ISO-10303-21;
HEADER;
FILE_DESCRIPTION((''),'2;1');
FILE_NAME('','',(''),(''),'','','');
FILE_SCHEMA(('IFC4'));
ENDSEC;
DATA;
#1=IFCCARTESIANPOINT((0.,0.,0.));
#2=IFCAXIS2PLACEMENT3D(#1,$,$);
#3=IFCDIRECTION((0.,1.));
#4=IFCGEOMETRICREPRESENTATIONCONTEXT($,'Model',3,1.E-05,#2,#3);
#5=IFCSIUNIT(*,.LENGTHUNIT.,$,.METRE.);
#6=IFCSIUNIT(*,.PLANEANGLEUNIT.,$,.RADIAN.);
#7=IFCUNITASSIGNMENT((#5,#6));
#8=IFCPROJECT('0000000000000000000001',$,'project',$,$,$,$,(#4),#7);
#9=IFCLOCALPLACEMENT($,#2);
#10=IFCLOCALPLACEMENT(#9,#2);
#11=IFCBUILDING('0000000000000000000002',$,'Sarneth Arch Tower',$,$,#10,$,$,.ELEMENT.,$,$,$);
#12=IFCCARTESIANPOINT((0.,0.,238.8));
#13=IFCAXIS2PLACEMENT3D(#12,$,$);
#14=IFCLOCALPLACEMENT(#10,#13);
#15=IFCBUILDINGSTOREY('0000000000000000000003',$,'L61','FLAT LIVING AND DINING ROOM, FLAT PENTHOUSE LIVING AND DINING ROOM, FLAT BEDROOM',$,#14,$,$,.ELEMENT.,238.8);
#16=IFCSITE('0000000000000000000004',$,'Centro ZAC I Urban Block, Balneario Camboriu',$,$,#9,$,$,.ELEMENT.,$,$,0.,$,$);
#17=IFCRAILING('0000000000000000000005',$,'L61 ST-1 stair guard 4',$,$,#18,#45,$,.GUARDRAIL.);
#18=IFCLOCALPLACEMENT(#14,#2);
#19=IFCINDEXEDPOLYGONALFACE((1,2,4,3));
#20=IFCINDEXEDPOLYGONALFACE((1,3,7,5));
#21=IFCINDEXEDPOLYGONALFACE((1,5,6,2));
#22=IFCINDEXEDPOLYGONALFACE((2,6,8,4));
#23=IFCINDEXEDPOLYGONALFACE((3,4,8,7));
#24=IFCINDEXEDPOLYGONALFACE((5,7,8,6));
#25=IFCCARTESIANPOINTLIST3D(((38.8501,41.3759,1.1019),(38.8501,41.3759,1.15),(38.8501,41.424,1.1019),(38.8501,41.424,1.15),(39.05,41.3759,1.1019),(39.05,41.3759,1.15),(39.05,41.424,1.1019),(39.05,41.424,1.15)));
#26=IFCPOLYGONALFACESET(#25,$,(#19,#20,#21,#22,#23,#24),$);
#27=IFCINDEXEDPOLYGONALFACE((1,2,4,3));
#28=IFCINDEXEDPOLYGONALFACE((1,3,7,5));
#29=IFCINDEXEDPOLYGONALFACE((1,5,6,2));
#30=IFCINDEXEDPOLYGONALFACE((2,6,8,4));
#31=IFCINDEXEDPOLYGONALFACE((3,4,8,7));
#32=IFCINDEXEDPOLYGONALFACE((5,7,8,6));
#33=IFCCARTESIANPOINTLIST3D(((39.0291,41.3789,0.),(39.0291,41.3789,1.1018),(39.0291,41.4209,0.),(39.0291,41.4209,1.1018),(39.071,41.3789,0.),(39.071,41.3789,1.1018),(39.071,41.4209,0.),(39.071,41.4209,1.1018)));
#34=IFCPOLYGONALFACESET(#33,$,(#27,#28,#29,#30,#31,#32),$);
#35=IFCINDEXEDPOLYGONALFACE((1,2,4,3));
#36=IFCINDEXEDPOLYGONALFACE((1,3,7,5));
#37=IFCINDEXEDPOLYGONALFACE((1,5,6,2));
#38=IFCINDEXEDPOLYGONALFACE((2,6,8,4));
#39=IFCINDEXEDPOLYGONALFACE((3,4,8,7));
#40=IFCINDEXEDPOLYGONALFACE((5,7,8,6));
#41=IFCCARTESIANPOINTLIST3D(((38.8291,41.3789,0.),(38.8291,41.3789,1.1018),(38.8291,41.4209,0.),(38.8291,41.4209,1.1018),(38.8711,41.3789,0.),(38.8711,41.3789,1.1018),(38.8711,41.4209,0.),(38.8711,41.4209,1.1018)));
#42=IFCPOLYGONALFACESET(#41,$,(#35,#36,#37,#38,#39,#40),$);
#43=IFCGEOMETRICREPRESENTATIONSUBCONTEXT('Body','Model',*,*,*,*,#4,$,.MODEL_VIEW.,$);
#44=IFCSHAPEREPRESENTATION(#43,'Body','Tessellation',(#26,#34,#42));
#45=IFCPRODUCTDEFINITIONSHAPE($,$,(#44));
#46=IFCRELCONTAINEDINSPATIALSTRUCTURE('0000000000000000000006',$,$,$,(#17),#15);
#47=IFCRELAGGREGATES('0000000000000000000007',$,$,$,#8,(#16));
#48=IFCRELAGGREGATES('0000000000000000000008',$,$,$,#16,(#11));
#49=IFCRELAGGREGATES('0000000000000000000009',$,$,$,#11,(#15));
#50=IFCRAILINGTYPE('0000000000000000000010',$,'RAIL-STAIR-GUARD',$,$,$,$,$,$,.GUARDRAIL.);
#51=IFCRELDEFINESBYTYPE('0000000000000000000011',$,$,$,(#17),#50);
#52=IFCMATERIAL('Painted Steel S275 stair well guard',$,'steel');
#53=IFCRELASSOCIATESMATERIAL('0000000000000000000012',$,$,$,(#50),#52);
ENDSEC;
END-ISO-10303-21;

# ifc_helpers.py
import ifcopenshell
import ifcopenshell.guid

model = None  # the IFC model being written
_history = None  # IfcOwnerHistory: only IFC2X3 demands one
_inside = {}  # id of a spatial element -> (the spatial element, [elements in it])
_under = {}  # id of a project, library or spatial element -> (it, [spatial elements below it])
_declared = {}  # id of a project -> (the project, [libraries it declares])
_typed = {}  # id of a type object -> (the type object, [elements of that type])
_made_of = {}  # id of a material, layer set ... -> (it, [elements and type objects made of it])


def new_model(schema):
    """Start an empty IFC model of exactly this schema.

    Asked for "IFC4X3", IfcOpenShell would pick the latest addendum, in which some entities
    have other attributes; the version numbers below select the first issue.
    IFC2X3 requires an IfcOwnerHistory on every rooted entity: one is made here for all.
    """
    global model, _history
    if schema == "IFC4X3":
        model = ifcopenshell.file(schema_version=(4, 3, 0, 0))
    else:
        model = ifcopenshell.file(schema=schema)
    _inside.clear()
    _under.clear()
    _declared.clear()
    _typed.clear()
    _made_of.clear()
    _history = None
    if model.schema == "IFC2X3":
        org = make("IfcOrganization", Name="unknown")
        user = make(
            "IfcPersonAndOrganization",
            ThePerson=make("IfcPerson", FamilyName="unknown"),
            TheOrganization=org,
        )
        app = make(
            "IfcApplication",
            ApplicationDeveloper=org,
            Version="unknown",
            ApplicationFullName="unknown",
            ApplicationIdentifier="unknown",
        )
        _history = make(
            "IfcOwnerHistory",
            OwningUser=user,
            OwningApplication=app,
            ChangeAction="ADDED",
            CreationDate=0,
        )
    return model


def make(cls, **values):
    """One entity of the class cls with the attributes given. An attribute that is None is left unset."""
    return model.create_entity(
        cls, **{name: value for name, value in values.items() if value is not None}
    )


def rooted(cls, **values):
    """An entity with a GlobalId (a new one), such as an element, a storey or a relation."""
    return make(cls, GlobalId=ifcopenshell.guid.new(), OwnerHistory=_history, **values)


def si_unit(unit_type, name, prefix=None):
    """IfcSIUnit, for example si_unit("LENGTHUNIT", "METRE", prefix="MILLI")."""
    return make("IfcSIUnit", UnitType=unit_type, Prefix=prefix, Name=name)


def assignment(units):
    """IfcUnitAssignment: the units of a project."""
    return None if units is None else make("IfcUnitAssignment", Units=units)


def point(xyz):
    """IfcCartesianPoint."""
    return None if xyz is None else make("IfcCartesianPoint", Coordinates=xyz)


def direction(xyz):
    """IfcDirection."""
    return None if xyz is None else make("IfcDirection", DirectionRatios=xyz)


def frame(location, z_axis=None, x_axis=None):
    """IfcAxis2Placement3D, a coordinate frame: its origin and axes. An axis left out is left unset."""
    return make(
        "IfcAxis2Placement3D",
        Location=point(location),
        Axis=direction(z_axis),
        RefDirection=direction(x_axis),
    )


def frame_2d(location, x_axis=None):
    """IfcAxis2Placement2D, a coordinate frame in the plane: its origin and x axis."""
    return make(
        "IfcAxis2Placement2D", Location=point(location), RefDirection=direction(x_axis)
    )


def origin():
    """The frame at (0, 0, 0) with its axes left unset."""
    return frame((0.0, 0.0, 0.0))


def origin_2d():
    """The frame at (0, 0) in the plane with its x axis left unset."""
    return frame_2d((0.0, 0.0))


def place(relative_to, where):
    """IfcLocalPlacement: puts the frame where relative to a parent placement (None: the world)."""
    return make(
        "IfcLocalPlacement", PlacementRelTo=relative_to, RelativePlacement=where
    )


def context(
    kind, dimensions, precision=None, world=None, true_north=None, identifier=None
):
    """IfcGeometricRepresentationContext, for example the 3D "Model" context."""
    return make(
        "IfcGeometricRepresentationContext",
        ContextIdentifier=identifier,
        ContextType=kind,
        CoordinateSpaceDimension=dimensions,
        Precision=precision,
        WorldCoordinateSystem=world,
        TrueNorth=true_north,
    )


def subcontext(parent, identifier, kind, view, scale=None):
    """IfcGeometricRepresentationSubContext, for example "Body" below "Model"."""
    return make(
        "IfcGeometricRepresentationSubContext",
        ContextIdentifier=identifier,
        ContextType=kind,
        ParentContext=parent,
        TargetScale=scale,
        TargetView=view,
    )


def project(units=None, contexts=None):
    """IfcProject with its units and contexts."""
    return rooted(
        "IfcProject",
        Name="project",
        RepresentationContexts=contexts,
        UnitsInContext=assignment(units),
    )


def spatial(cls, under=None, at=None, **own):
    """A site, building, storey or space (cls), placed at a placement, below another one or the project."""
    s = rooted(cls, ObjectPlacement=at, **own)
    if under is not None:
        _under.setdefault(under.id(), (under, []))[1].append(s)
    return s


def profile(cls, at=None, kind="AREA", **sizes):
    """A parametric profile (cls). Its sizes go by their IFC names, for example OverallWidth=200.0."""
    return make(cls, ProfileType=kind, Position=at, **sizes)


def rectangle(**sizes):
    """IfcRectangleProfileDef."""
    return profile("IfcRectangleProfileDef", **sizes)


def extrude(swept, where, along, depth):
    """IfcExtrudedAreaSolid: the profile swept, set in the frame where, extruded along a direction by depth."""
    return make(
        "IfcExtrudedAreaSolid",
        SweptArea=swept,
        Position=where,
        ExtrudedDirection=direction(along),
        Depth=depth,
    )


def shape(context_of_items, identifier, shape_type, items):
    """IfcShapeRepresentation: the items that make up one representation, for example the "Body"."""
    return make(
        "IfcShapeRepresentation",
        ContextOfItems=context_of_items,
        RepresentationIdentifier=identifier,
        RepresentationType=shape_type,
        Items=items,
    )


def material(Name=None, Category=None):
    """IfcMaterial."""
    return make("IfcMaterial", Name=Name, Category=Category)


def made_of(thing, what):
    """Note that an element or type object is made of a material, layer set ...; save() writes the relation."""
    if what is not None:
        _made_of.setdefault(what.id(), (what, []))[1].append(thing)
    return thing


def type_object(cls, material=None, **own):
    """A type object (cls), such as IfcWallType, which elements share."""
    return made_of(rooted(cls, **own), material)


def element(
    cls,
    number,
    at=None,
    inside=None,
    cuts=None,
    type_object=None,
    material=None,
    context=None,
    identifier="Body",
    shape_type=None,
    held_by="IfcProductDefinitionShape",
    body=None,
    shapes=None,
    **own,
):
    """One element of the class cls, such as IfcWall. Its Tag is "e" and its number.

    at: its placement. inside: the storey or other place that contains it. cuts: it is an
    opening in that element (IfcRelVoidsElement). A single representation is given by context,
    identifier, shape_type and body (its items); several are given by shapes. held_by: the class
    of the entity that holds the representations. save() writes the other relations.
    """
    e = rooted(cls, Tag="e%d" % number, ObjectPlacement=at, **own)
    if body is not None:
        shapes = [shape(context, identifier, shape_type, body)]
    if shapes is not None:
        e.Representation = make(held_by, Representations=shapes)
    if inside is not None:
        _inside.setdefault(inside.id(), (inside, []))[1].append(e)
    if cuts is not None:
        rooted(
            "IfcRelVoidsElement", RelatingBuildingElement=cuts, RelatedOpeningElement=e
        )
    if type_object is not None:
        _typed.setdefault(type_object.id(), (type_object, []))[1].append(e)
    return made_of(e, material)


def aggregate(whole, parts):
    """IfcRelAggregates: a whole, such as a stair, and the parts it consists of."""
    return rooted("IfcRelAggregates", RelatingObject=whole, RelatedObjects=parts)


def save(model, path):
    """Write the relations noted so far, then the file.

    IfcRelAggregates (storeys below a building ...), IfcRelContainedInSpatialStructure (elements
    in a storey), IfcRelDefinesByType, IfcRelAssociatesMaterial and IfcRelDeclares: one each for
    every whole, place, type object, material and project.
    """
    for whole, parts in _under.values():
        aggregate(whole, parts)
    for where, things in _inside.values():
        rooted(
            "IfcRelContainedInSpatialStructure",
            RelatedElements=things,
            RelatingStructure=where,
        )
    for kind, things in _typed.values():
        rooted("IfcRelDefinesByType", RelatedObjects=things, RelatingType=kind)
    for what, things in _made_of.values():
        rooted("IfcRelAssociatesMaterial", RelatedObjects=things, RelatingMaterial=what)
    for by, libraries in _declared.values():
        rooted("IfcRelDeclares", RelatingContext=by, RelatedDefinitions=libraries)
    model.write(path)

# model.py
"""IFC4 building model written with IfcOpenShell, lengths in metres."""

from ifc_helpers import new_model, si_unit, direction, frame, origin, origin_2d, place, context, subcontext, project, spatial, rectangle, extrude, material, type_object, element, save


model = new_model("IFC4")

# Units and contexts
model_context = context("Model", 3, precision=1e-05, world=origin(), true_north=direction((0.0, 1.0)))
body_context = subcontext(model_context, "Body", "Model", "MODEL_VIEW")
ifc_project = project(units=[si_unit("LENGTHUNIT", "METRE"), si_unit("PLANEANGLEUNIT", "RADIAN")], contexts=[model_context])

# Site, building, storey
site_placement = place(None, origin())
site = spatial("IfcSite", under=ifc_project, at=site_placement, Name="Centro ZAC I Urban Block, Balneario Camboriu", CompositionType="ELEMENT", RefElevation=0.0)
building_placement = place(site_placement, origin())
building = spatial("IfcBuilding", under=site, at=building_placement, Name="Sarneth Arch Tower", CompositionType="ELEMENT")
storey_placement = place(building_placement, frame((0.0, 0.0, 238.8)))
storey = spatial("IfcBuildingStorey", under=building, at=storey_placement, Name="L61", Description="FLAT LIVING AND DINING ROOM, FLAT PENTHOUSE LIVING AND DINING ROOM, FLAT BEDROOM", CompositionType="ELEMENT", Elevation=238.8)

# Railing
ifc_material_1 = material(Name="Painted Steel S275 stair well guard", Category="steel")
railing_type_1 = type_object("IfcRailingType", Name="RAIL-STAIR-GUARD", PredefinedType="GUARDRAIL", material=ifc_material_1)
railing_1_placement = place(storey_placement, frame((39.05, 41.3999, 0.0)))
element("IfcRailing", 1, at=railing_1_placement, inside=storey, type_object=railing_type_1, Name="L61 ST-1 stair guard 4", PredefinedType="GUARDRAIL", context=body_context, shape_type="SweptSolid", body=[
    extrude(rectangle(XDim=0.0481, YDim=0.0481, at=origin_2d()), frame((0.0, 0.0, 1.126), z_axis=(-1.0, 0.0, 0.0), x_axis=(0.0, -1.0, 0.0)), (0.0, 0.0, 1.0), 0.2),
    extrude(rectangle(XDim=0.042, YDim=0.042, at=origin_2d()), origin(), (0.0, 0.0, 1.0), 1.1018),
    extrude(rectangle(XDim=0.042, YDim=0.042, at=origin_2d()), frame((-0.2, 0.0, 0.0)), (0.0, 0.0, 1.0), 1.1018),
])

save(model, "model.ifc")
